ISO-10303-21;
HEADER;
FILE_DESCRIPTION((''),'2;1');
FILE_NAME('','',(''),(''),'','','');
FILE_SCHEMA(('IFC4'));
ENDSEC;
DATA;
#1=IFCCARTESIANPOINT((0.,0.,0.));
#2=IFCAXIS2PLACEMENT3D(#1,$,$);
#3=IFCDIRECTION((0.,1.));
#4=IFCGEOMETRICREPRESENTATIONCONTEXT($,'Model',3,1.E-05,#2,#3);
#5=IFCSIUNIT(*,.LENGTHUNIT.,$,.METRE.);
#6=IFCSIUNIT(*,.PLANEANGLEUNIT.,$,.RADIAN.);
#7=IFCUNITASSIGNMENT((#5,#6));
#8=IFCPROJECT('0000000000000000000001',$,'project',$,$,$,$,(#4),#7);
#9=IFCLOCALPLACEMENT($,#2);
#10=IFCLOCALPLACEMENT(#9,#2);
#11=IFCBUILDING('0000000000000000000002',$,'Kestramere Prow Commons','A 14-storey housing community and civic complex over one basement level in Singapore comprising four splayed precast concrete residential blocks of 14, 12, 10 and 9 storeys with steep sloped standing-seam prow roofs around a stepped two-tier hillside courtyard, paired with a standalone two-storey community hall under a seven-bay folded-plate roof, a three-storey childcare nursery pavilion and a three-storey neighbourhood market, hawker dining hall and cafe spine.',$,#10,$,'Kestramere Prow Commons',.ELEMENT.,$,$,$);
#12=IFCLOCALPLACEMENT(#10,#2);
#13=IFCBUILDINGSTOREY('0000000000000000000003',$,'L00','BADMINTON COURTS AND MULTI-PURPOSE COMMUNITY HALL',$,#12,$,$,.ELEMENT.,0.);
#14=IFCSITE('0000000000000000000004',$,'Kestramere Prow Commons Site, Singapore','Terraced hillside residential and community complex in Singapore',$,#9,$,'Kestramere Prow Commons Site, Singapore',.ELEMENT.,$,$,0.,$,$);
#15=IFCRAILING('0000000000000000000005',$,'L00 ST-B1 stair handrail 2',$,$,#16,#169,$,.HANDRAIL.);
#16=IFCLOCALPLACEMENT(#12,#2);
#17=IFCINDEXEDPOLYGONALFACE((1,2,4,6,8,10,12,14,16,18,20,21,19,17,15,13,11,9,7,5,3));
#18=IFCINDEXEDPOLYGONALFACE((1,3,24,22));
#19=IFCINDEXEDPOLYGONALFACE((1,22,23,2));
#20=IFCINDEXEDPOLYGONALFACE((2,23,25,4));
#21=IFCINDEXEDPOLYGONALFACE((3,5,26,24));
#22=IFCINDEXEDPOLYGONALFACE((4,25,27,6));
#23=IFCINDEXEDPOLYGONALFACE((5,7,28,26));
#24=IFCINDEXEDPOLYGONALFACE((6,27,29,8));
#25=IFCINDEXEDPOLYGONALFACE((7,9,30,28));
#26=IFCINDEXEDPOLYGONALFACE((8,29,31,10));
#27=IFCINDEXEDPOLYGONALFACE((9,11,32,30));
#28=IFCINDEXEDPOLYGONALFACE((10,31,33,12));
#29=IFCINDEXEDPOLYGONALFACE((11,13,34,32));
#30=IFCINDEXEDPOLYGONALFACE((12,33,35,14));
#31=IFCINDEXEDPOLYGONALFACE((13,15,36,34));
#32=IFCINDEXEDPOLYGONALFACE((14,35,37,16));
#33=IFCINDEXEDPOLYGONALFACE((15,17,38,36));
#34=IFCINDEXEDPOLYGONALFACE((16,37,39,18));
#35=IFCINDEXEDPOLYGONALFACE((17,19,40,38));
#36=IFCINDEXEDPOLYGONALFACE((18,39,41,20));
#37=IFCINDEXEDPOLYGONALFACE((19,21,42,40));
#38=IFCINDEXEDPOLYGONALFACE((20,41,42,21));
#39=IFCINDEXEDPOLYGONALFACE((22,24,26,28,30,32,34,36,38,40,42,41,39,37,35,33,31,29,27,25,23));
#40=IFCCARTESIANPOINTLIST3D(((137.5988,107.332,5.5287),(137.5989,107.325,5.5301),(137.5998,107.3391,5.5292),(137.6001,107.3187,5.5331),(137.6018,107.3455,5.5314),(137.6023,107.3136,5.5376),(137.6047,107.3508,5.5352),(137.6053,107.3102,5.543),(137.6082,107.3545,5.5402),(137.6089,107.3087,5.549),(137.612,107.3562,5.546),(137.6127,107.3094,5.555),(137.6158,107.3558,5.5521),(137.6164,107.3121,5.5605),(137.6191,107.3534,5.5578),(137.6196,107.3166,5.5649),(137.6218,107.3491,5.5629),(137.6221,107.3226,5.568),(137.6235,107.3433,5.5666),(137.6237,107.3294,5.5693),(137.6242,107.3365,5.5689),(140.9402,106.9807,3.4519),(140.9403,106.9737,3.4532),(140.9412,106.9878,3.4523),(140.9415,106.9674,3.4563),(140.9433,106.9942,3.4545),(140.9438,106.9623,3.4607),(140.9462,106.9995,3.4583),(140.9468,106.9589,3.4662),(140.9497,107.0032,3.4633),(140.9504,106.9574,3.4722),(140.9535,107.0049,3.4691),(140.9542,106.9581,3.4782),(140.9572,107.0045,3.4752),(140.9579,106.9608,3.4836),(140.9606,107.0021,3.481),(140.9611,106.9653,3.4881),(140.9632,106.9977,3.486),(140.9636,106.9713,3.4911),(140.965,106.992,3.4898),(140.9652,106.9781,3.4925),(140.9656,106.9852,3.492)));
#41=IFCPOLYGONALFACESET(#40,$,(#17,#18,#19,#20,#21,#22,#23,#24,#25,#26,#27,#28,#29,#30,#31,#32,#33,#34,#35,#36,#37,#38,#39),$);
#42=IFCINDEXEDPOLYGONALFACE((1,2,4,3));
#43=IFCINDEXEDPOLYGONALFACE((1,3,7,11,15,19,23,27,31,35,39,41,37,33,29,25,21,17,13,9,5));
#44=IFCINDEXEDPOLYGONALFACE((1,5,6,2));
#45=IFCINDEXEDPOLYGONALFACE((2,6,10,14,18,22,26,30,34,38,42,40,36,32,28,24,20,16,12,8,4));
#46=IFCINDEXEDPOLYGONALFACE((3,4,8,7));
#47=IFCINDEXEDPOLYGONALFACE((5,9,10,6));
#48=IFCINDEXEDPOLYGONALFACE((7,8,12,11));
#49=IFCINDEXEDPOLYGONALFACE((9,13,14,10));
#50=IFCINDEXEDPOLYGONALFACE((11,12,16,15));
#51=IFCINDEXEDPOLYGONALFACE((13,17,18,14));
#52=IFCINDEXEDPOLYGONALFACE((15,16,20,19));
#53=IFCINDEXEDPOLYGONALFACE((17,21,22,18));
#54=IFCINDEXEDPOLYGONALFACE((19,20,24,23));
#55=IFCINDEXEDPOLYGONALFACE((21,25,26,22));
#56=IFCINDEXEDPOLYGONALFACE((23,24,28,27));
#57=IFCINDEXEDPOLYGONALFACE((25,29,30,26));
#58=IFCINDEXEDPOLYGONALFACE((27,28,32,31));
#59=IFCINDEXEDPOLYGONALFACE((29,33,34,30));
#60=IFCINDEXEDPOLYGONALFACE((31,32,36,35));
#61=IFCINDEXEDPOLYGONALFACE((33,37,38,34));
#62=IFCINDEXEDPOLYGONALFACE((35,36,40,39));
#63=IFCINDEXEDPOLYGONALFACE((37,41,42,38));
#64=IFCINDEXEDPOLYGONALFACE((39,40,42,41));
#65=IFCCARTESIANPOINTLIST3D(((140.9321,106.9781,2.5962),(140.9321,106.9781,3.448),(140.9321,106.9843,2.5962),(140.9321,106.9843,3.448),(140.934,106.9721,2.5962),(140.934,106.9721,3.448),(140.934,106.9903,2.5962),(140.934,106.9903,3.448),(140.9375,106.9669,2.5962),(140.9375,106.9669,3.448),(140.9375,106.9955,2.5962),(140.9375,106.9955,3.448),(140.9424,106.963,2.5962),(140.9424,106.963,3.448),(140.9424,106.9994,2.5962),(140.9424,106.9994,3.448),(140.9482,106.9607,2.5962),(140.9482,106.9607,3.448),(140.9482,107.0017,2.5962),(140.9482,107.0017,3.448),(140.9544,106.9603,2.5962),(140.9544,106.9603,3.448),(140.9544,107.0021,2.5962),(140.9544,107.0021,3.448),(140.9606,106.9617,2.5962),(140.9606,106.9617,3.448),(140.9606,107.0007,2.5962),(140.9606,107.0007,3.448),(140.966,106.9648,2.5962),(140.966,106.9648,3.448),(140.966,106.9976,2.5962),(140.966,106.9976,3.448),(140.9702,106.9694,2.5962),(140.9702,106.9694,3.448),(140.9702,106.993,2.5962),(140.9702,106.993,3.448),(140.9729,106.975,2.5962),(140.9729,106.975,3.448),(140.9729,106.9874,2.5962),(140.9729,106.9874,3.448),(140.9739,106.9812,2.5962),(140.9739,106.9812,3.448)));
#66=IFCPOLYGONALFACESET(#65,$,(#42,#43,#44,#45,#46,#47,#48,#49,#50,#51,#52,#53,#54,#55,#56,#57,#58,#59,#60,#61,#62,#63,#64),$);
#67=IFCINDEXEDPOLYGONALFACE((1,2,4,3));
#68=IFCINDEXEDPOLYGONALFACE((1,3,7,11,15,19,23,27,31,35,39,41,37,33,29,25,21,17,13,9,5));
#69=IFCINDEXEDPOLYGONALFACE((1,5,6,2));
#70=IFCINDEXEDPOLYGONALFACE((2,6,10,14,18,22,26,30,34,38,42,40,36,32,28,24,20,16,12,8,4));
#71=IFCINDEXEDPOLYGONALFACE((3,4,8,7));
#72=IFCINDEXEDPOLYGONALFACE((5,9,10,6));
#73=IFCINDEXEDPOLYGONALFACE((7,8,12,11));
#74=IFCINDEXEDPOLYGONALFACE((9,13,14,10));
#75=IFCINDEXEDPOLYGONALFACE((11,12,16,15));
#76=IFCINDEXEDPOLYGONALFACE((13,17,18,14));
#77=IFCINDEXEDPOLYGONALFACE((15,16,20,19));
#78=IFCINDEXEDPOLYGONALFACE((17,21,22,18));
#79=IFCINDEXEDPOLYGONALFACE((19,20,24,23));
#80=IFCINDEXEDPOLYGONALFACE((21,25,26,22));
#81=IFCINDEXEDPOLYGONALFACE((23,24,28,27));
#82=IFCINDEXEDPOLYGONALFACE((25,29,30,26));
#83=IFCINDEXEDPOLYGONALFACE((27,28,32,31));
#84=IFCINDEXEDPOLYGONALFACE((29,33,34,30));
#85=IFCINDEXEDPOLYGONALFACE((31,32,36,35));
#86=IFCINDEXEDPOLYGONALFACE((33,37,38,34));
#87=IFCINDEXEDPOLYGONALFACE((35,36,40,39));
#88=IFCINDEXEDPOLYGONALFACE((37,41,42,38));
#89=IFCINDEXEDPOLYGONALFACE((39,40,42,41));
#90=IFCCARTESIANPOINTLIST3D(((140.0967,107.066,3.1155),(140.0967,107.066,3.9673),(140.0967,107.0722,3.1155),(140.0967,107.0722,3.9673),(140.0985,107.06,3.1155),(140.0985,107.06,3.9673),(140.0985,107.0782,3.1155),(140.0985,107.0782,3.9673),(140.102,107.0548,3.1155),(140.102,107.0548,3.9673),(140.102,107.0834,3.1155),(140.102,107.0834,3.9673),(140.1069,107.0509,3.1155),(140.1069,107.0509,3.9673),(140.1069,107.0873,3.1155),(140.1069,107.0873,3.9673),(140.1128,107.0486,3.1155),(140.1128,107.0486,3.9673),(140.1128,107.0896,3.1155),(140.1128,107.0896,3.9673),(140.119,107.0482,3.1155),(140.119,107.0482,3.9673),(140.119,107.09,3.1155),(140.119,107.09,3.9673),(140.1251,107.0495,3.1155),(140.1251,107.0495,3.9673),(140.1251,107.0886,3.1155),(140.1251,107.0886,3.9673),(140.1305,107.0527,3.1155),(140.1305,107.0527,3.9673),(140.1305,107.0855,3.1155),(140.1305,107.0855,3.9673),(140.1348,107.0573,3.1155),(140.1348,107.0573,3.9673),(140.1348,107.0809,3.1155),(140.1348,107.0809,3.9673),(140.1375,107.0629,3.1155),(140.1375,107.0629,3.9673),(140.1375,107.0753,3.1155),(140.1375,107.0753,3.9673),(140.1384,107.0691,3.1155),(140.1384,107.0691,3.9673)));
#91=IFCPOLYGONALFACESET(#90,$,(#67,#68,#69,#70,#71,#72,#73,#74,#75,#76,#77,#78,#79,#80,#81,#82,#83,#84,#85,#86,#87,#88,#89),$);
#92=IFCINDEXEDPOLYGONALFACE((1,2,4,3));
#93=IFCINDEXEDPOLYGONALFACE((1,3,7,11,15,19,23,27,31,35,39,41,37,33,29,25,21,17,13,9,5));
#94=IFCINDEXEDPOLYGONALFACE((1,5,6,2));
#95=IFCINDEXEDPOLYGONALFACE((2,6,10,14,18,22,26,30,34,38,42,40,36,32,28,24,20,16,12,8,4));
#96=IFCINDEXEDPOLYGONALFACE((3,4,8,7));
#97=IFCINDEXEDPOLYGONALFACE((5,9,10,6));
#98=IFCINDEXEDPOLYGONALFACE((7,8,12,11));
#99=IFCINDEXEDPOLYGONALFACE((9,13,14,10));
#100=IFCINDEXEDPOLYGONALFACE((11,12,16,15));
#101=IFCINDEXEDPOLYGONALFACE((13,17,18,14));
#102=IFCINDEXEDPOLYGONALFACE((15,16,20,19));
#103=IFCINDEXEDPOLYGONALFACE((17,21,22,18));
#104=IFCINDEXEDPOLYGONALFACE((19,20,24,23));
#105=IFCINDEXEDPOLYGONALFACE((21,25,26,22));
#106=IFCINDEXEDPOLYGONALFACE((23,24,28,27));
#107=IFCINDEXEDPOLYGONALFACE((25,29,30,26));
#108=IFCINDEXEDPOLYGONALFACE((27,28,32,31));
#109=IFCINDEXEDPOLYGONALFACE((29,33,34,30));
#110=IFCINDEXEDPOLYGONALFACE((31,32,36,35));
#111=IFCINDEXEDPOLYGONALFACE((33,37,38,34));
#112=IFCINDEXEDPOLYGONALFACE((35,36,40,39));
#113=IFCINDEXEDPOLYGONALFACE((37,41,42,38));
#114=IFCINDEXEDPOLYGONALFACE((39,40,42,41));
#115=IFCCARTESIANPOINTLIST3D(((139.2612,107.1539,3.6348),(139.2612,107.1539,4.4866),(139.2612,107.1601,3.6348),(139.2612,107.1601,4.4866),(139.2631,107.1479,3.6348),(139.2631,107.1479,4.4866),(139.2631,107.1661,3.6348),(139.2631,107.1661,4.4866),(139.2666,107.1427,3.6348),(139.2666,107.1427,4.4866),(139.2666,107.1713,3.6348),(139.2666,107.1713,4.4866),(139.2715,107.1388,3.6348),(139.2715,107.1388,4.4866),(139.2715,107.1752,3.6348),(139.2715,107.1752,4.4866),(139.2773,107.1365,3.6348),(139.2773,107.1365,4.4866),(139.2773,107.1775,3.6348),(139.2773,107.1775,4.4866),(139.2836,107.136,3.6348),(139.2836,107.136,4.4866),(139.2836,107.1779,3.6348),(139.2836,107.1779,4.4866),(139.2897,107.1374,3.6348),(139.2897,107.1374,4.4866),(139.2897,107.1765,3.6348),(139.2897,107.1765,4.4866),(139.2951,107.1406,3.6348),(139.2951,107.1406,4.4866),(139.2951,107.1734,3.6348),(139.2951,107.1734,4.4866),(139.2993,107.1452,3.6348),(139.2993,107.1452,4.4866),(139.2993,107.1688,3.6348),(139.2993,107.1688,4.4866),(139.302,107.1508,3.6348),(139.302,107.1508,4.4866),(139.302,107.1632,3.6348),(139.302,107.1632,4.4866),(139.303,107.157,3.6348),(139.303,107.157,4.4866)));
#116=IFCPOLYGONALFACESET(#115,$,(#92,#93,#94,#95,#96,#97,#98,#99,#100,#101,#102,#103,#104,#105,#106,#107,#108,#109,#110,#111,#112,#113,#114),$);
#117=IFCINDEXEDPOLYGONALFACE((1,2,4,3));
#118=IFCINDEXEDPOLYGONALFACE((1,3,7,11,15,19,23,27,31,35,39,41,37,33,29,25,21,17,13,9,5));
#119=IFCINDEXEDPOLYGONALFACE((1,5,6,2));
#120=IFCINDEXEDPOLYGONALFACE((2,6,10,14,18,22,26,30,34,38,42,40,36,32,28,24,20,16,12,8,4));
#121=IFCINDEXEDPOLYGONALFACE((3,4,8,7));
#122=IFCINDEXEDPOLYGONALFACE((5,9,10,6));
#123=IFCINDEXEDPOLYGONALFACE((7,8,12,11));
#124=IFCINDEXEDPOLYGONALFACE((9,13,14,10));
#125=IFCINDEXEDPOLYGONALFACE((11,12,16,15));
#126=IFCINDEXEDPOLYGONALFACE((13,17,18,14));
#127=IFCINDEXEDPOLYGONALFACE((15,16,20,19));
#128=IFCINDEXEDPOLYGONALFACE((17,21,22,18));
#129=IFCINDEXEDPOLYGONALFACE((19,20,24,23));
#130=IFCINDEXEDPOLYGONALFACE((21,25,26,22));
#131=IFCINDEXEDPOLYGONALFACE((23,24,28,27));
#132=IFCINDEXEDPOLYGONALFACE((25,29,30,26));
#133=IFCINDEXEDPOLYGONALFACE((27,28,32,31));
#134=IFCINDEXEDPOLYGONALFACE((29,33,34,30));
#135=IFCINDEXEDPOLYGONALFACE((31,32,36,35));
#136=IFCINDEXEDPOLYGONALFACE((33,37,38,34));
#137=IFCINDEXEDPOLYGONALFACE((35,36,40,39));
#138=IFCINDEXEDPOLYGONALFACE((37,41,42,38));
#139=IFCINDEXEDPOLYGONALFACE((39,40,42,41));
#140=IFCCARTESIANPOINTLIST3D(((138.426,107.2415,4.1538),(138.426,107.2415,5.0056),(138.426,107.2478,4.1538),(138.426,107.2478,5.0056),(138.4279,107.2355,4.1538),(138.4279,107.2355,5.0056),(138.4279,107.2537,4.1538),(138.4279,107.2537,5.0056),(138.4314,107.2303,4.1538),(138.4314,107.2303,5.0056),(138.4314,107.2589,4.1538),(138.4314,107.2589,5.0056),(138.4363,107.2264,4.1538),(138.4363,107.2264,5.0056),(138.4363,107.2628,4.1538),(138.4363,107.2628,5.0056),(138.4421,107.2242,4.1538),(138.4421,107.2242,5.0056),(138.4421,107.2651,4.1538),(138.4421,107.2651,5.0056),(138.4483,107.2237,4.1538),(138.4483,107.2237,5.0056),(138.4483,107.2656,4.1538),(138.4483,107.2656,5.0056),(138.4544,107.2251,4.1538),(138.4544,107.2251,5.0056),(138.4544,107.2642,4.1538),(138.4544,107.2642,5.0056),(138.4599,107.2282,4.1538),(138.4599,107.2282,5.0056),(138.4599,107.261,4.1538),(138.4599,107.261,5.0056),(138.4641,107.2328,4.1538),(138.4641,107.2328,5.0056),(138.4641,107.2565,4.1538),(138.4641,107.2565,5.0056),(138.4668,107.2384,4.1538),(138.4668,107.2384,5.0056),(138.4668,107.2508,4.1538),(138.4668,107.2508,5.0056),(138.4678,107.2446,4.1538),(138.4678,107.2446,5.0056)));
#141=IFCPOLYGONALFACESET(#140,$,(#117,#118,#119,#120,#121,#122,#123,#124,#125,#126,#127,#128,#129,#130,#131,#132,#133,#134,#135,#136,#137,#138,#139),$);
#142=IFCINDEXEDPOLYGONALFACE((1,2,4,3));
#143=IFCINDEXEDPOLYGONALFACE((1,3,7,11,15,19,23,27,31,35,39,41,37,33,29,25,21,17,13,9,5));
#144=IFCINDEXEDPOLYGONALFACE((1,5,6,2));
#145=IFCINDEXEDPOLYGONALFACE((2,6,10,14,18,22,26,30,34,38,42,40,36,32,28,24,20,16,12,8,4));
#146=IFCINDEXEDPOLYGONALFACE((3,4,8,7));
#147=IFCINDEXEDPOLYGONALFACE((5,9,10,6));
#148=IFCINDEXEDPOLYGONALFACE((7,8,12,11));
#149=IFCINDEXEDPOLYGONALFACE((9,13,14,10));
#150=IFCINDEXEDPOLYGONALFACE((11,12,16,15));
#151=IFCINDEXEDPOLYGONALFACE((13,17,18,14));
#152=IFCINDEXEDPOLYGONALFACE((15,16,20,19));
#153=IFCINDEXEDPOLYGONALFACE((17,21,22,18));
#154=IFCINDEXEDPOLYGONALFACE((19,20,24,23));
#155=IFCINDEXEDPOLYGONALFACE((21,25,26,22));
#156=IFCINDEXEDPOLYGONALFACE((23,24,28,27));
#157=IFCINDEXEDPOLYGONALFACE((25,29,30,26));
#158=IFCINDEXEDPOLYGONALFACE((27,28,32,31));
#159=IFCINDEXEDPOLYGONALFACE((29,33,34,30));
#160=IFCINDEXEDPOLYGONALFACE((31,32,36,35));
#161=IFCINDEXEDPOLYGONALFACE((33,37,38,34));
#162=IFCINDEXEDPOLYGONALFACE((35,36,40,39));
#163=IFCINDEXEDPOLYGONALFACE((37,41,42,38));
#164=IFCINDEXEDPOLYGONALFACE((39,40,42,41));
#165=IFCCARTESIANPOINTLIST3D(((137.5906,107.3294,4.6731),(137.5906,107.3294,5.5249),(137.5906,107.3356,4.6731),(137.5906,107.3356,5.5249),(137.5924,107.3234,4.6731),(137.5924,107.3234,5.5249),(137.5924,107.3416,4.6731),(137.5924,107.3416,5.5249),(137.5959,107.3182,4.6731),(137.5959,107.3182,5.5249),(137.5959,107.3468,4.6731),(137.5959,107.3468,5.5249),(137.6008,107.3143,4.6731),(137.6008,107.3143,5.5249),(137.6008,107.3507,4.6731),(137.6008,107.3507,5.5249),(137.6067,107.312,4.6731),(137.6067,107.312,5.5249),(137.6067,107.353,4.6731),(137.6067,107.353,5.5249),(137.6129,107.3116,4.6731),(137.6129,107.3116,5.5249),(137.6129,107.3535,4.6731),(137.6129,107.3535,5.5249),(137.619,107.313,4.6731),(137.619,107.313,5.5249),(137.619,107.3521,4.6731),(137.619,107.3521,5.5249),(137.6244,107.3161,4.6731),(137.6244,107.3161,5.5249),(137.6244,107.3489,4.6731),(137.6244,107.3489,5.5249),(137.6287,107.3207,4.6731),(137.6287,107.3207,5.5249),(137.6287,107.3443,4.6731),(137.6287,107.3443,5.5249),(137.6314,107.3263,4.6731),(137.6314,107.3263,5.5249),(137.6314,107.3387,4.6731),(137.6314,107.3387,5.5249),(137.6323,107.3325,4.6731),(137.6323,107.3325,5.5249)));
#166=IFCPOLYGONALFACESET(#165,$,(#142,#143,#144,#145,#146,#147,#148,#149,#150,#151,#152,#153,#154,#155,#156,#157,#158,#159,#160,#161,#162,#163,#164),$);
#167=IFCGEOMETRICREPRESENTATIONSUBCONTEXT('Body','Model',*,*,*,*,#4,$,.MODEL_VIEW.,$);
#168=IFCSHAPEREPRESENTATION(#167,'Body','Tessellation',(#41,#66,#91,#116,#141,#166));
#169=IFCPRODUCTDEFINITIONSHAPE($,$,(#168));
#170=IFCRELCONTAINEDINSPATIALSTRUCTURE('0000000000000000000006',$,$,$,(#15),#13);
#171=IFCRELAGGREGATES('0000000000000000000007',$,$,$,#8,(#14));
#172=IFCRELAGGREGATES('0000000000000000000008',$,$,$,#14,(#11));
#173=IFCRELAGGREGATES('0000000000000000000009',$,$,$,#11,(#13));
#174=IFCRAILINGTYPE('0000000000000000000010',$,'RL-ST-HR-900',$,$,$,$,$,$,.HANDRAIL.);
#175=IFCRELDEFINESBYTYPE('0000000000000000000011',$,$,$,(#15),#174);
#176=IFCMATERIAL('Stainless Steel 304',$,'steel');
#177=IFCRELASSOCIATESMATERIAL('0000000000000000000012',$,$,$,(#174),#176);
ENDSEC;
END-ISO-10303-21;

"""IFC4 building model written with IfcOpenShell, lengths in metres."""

from ifc_helpers import new_model, si_unit, direction, frame, origin, origin_2d, place, context, subcontext, project, spatial, circle, extrude, material, type_object, element, save


model = new_model("IFC4")

# Units and contexts
model_context = context("Model", 3, precision=1e-05, world=origin(), true_north=direction((0.0, 1.0)))
body_context = subcontext(model_context, "Body", "Model", "MODEL_VIEW")
ifc_project = project(units=[si_unit("LENGTHUNIT", "METRE"), si_unit("PLANEANGLEUNIT", "RADIAN")], contexts=[model_context])

# Site, building, storey
site_placement = place(None, origin())
site = spatial("IfcSite", under=ifc_project, at=site_placement, Name="Kestramere Prow Commons Site, Singapore", Description="Terraced hillside residential and community complex in Singapore", LongName="Kestramere Prow Commons Site, Singapore", CompositionType="ELEMENT", RefElevation=0.0)
building_placement = place(site_placement, origin())
building = spatial("IfcBuilding", under=site, at=building_placement, Name="Kestramere Prow Commons", Description="A 14-storey housing community and civic complex over one basement level in Singapore comprising four splayed precast concrete residential blocks of 14, 12, 10 and 9 storeys with steep sloped standing-seam prow roofs around a stepped two-tier hillside courtyard, paired with a standalone two-storey community hall under a seven-bay folded-plate roof, a three-storey childcare nursery pavilion and a three-storey neighbourhood market, hawker dining hall and cafe spine.", LongName="Kestramere Prow Commons", CompositionType="ELEMENT")
storey_placement = place(building_placement, origin())
storey = spatial("IfcBuildingStorey", under=building, at=storey_placement, Name="L00", Description="BADMINTON COURTS AND MULTI-PURPOSE COMMUNITY HALL", CompositionType="ELEMENT", Elevation=0.0)

# Railing
ifc_material_1 = material(Name="Stainless Steel 304", Category="steel")
railing_type_1 = type_object("IfcRailingType", Name="RL-ST-HR-900", PredefinedType="HANDRAIL", material=ifc_material_1)
railing_1_placement = place(storey_placement, frame((140.9529, 106.9812, 2.5962)))
element("IfcRailing", 1, at=railing_1_placement, inside=storey, type_object=railing_type_1, Name="L00 ST-B1 stair handrail 2", PredefinedType="HANDRAIL", context=body_context, shape_type="SweptSolid", body=[
    extrude(circle(Radius=0.0239, at=origin_2d()), frame((0.0, 0.0, 0.876), z_axis=(-0.845951, 0.08894, 0.525791), x_axis=(-0.10456, -0.994519, 0.0)), (0.0, 0.0, 1.0), 3.95),
    extrude(circle(Radius=0.021, at=origin_2d()), origin(), (0.0, 0.0, 1.0), 0.8518),
    extrude(circle(Radius=0.021, at=origin_2d()), frame((-0.8354, 0.0879, 0.5193)), (0.0, 0.0, 1.0), 0.8518),
    extrude(circle(Radius=0.021, at=origin_2d()), frame((-1.6709, 0.1758, 1.0386)), (0.0, 0.0, 1.0), 0.8518),
    extrude(circle(Radius=0.021, at=origin_2d()), frame((-2.5061, 0.2634, 1.5576)), (0.0, 0.0, 1.0), 0.8518),
    extrude(circle(Radius=0.021, at=origin_2d()), frame((-3.3416, 0.3513, 2.0769)), (0.0, 0.0, 1.0), 0.8518),
])

save(model, "model.ifc")
